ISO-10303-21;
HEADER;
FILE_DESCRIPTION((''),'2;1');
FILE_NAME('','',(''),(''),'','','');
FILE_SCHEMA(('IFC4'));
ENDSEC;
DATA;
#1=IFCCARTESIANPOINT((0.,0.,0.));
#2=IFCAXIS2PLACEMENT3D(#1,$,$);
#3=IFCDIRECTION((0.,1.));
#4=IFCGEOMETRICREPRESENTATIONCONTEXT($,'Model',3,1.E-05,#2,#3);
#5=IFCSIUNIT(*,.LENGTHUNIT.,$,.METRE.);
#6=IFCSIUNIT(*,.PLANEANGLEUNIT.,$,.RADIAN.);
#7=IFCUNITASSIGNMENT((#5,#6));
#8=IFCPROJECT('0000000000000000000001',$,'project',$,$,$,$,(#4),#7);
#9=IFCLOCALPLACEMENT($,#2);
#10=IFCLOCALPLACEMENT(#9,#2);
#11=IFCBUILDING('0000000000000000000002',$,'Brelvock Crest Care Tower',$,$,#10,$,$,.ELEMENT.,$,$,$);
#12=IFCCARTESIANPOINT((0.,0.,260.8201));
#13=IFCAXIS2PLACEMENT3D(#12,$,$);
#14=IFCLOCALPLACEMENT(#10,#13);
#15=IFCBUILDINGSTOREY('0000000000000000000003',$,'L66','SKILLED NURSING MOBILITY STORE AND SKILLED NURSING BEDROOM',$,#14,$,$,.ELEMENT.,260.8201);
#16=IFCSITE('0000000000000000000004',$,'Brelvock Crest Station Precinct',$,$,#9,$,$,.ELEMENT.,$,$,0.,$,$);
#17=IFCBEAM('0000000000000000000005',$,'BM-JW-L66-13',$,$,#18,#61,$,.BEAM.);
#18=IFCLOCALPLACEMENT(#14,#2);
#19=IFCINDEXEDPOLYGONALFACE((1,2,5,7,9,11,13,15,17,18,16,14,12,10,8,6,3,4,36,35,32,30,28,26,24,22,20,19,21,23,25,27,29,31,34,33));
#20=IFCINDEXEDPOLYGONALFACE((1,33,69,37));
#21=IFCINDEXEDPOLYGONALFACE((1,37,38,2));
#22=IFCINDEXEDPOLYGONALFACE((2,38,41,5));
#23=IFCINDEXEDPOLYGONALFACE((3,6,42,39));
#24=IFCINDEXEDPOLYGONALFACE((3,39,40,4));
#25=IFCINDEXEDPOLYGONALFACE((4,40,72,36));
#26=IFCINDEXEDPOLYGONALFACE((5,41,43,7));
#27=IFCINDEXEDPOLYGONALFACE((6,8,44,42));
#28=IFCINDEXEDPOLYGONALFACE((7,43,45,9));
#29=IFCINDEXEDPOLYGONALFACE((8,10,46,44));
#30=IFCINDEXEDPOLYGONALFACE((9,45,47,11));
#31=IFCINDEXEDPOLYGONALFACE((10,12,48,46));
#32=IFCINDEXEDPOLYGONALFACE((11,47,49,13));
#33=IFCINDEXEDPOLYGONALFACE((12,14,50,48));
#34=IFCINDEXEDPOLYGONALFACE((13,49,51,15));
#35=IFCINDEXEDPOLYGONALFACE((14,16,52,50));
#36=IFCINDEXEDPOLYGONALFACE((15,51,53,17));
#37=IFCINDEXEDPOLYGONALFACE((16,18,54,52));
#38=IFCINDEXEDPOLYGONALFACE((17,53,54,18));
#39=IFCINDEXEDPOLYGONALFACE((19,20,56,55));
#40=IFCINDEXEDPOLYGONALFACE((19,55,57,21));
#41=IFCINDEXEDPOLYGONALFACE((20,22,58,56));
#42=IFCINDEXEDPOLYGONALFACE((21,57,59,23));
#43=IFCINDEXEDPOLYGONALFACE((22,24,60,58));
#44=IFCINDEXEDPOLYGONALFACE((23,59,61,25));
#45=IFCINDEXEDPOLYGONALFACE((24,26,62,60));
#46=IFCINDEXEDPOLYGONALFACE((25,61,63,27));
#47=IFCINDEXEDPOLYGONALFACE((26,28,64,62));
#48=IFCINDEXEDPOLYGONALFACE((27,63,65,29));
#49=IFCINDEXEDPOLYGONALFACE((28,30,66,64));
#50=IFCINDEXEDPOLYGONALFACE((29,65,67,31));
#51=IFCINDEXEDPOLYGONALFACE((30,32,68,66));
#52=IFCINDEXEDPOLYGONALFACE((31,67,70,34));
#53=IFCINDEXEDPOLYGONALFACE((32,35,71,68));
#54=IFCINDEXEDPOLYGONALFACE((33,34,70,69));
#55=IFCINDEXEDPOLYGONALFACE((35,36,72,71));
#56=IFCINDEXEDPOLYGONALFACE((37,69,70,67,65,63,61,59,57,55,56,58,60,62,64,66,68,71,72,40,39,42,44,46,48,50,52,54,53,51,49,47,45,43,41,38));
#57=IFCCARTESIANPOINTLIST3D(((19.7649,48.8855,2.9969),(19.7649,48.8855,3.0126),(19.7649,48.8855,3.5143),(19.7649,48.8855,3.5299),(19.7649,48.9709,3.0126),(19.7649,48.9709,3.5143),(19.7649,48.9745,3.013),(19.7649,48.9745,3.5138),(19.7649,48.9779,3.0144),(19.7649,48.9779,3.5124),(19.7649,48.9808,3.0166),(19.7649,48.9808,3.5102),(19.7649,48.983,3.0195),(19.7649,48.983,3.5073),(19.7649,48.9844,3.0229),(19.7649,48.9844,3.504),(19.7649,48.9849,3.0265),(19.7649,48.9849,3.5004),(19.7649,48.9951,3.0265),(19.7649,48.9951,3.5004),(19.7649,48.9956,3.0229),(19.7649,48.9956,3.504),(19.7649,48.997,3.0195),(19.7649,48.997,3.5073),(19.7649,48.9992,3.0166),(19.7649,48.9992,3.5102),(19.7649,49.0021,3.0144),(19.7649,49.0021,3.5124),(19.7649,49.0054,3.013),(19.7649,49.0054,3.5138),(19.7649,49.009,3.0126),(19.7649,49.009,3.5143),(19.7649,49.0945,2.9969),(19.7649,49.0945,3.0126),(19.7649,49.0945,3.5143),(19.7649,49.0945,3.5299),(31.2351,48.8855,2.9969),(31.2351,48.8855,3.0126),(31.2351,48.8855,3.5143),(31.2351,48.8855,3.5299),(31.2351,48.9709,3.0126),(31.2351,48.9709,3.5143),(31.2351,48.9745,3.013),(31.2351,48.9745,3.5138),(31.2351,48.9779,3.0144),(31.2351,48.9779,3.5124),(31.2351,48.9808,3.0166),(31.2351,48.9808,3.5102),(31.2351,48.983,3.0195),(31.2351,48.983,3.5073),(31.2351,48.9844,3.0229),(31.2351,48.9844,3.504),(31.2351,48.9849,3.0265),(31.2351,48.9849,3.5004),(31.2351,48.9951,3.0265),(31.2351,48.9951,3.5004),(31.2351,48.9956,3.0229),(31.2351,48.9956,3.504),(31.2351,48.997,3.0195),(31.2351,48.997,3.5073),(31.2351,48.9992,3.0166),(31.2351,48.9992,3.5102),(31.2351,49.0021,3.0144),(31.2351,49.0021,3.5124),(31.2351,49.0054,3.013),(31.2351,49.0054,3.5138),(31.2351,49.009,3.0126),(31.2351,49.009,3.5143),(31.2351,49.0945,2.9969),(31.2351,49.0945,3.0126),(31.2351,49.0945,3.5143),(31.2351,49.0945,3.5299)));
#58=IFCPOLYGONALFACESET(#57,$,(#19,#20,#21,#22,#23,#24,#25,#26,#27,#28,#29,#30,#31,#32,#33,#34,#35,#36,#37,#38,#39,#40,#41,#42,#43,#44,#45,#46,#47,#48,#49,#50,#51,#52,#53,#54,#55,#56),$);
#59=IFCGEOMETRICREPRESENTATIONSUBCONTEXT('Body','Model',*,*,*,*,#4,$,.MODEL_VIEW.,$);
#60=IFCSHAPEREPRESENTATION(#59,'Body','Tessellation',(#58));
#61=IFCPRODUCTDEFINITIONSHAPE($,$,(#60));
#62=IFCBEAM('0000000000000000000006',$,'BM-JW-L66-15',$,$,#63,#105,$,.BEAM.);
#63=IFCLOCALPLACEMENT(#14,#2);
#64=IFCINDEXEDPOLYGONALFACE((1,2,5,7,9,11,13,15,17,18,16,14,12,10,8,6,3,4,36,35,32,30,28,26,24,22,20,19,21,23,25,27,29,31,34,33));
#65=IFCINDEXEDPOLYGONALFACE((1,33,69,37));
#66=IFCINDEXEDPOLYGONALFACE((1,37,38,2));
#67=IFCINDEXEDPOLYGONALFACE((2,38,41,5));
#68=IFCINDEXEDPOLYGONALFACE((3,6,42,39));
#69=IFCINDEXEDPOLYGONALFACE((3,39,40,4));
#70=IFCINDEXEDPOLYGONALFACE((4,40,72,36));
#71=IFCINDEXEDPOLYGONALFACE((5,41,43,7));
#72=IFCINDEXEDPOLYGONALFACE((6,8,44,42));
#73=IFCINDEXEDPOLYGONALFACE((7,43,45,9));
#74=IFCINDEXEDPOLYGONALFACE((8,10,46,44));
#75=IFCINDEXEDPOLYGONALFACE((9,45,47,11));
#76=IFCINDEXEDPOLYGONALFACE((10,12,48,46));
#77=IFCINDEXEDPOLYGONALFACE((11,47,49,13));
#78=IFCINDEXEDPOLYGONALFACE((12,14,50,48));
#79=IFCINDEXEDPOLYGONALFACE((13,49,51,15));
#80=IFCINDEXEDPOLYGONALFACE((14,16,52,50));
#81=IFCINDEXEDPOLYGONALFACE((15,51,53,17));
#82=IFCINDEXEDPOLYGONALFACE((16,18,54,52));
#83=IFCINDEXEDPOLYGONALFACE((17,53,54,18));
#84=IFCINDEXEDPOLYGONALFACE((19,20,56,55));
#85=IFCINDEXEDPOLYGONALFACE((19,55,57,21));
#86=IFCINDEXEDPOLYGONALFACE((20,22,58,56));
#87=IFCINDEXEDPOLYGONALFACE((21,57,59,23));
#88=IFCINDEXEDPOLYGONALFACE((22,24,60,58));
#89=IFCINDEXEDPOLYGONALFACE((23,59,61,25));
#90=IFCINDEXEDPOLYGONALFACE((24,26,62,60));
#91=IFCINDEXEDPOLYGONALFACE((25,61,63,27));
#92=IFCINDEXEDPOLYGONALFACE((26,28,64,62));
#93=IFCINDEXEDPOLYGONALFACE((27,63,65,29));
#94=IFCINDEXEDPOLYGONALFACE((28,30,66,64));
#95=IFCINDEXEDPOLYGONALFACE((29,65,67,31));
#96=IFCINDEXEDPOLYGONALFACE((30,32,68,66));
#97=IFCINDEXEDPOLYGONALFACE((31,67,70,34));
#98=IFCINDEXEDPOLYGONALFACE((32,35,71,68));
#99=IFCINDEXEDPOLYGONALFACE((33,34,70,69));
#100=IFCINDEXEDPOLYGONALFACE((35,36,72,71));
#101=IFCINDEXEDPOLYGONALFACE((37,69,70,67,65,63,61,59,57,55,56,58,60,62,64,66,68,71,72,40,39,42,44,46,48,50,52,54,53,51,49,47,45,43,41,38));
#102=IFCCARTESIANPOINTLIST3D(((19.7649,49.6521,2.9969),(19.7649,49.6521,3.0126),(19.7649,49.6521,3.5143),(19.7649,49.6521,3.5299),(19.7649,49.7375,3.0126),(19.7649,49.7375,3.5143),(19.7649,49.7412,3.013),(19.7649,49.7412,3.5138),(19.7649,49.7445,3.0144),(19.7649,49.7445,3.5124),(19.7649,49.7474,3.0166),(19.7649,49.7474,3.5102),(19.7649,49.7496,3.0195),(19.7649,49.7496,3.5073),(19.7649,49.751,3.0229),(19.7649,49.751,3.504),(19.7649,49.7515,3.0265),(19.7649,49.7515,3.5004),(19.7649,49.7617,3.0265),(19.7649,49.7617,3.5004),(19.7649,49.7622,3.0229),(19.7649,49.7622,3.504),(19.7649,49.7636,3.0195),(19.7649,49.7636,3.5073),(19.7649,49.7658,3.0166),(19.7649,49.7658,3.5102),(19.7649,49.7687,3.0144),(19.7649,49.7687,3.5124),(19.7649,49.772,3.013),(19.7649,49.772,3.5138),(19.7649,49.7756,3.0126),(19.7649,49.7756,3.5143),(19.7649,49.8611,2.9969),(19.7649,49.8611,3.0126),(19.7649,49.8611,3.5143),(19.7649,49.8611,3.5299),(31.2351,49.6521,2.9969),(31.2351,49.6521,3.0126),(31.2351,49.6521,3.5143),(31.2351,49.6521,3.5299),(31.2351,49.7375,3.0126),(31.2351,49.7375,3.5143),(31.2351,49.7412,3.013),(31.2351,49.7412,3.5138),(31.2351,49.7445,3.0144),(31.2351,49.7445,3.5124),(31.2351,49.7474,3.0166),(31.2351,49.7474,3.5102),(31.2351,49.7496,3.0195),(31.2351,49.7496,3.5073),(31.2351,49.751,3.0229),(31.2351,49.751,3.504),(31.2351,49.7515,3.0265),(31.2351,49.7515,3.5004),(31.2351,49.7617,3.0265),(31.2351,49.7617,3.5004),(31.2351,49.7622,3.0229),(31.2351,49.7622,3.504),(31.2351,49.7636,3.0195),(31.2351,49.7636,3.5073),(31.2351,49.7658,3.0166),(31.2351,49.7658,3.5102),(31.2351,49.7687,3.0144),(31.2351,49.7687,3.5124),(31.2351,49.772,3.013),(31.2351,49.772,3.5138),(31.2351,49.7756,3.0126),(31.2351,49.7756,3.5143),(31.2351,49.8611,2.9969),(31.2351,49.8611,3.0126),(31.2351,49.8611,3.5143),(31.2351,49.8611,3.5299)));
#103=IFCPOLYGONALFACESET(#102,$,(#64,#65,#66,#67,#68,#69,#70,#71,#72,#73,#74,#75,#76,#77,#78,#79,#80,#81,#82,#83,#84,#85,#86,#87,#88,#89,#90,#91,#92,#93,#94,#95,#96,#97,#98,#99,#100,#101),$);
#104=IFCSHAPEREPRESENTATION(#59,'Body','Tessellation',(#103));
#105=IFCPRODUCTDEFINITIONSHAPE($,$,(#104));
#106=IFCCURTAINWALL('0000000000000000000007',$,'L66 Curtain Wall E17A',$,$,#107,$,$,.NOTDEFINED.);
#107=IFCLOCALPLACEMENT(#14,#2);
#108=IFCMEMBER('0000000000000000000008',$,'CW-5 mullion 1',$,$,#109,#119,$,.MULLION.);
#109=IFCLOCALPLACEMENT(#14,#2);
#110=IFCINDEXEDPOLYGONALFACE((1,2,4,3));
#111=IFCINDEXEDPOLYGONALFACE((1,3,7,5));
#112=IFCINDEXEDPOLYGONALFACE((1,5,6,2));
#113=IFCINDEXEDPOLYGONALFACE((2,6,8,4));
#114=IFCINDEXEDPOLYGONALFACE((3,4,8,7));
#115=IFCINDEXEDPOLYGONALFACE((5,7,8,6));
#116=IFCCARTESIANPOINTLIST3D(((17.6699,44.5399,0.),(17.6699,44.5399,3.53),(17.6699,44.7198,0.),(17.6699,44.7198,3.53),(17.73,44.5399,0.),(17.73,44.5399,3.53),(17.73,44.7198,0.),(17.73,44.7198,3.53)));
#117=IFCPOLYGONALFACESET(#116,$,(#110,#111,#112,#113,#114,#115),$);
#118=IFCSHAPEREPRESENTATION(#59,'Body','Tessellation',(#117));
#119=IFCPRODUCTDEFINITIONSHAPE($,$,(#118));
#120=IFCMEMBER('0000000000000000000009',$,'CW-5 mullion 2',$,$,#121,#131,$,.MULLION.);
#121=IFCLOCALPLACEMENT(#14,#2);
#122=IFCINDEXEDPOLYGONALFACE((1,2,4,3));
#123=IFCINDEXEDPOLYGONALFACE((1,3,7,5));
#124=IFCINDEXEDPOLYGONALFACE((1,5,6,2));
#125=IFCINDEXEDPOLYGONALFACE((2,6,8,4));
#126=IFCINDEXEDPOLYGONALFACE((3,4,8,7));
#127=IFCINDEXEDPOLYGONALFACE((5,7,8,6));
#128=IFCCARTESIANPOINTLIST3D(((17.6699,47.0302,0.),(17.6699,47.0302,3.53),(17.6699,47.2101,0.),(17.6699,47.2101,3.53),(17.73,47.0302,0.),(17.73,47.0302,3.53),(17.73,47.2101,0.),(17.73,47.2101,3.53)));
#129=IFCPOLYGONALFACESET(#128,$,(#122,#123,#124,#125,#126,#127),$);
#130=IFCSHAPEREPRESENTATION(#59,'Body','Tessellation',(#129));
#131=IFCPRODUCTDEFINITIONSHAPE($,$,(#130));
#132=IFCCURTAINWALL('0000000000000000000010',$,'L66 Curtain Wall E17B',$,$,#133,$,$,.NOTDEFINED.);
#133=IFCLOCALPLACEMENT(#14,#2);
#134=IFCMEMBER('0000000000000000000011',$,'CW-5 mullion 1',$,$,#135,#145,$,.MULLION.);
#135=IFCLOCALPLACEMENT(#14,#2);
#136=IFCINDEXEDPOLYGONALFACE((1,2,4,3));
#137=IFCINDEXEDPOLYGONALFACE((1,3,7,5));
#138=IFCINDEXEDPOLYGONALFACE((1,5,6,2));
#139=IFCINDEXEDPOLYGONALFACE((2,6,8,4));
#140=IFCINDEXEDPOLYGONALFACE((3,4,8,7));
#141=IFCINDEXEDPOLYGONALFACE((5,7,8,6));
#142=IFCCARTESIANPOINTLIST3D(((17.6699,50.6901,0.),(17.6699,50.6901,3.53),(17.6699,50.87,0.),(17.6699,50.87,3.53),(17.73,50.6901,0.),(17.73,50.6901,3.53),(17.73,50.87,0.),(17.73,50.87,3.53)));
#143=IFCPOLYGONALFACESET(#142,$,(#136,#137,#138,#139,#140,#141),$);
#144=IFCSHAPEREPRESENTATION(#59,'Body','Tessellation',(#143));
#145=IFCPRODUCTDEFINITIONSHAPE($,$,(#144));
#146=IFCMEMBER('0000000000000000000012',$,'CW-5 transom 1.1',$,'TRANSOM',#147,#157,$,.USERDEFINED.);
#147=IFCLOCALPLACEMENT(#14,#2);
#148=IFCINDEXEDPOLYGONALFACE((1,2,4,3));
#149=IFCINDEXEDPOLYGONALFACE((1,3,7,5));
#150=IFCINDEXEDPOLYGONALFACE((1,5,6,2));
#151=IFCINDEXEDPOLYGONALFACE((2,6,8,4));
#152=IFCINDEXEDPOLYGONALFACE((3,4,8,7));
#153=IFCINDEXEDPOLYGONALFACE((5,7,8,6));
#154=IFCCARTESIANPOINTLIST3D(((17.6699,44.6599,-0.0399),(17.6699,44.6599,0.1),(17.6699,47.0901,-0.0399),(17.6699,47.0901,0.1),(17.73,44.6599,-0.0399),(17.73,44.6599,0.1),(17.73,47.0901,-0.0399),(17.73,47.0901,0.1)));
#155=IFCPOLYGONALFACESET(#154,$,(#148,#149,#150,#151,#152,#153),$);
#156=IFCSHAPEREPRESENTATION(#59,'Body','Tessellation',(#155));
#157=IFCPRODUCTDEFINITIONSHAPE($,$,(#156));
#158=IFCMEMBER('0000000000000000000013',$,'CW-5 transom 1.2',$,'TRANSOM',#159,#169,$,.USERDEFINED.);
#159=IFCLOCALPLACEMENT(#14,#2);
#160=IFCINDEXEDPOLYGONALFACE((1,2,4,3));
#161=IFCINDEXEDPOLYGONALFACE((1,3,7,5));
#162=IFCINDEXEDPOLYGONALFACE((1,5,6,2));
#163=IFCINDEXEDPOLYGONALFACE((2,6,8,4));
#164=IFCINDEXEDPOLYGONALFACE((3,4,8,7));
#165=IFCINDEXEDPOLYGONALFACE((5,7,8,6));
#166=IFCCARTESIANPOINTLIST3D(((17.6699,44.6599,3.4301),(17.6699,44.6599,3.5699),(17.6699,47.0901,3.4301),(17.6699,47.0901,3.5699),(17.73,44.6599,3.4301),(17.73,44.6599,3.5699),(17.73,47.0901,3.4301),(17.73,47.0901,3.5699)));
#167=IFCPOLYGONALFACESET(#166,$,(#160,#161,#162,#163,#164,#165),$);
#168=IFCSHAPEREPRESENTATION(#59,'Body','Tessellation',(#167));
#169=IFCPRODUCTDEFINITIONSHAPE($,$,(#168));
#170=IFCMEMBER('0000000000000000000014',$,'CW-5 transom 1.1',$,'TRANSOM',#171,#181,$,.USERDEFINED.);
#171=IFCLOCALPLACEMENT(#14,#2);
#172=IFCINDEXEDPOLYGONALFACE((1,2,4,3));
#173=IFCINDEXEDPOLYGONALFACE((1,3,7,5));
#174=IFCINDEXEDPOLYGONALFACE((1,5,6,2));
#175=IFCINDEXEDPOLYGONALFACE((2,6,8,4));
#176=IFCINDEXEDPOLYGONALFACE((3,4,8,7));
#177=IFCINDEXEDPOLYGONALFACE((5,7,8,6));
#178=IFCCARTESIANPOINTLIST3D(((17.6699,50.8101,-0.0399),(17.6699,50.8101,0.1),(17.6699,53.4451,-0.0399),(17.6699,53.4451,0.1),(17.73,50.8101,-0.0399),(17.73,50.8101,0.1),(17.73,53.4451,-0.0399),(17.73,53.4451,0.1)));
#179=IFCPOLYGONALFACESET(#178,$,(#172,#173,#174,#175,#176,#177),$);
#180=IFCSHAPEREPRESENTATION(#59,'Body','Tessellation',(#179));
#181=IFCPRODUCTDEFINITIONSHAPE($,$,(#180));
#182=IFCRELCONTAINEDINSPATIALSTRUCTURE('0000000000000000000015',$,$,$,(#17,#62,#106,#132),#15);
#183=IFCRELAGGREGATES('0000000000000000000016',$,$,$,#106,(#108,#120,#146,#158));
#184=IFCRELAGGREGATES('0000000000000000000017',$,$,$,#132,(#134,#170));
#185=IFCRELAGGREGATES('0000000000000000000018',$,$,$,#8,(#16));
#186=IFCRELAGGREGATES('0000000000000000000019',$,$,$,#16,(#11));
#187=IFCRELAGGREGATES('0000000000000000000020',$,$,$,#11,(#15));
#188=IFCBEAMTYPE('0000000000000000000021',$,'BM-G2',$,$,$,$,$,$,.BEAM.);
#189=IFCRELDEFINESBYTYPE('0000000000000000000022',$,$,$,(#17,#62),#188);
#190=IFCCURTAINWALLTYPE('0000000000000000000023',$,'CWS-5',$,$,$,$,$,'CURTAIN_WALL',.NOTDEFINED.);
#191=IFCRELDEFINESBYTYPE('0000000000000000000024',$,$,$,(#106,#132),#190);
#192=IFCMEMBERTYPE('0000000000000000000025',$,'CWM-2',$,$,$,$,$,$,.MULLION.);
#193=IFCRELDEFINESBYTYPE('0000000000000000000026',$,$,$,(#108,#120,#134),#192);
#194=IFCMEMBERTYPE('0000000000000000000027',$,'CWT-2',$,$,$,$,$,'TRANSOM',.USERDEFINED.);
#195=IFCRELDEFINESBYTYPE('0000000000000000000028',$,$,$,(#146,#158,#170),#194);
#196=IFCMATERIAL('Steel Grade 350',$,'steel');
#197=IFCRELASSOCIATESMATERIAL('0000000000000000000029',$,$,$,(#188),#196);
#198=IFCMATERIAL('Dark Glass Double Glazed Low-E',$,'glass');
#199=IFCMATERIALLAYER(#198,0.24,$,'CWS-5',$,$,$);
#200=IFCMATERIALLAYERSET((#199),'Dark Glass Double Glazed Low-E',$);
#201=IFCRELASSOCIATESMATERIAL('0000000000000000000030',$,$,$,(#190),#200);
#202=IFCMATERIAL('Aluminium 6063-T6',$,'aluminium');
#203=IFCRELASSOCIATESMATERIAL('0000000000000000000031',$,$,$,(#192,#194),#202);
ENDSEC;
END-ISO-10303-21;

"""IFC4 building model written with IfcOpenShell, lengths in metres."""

from ifc_helpers import new_model, si_unit, direction, frame, origin, origin_2d, place, context, subcontext, project, spatial, rectangle, i_section, extrude, source, transform, mapped, material, layer, layer_set, material_profile, profile_set, type_object, element, aggregate, save


model = new_model("IFC4")

# Units and contexts
model_context = context("Model", 3, precision=1e-05, world=origin(), true_north=direction((0.0, 1.0)))
body_context = subcontext(model_context, "Body", "Model", "MODEL_VIEW")
ifc_project = project(units=[si_unit("LENGTHUNIT", "METRE"), si_unit("PLANEANGLEUNIT", "RADIAN")], contexts=[model_context])

# Site, building, storey
site_placement = place(None, origin())
site = spatial("IfcSite", under=ifc_project, at=site_placement, Name="Brelvock Crest Station Precinct", CompositionType="ELEMENT", RefElevation=0.0)
building_placement = place(site_placement, origin())
building = spatial("IfcBuilding", under=site, at=building_placement, Name="Brelvock Crest Care Tower", CompositionType="ELEMENT")
storey_placement = place(building_placement, frame((0.0, 0.0, 260.8201)))
storey = spatial("IfcBuildingStorey", under=building, at=storey_placement, Name="L66", Description="SKILLED NURSING MOBILITY STORE AND SKILLED NURSING BEDROOM", CompositionType="ELEMENT", Elevation=260.8201)

# Beams
ifc_material_1 = material(Name="Steel Grade 350", Category="steel")
ifc_material_profile_1 = material_profile(ifc_material_1, i_section(OverallWidth=0.209, OverallDepth=0.533, WebThickness=0.0103, FlangeThickness=0.0156, FilletRadius=0.0139, at=origin_2d()), Name="530UB92.4")
ifc_profile_set_1 = profile_set([ifc_material_profile_1], Name="Steel Grade 350")
beam_type_1 = type_object("IfcBeamType", Name="BM-G2", PredefinedType="BEAM", material=ifc_profile_set_1)
shared_shape_1 = source(origin(), body_context, "Body", "SweptSolid", [
    extrude(i_section(OverallWidth=0.209, OverallDepth=0.533, WebThickness=0.0103, FlangeThickness=0.0156, FilletRadius=0.0139, at=origin_2d()), origin(), (0.0, 0.0, 1.0), 11.4702),
])
for number, where, z_axis, x_axis, name in (
    (1, (19.7649, 48.99, 3.2634), (1.0, 0.0, 0.0), (0.0, 1.0, 0.0), "BM-JW-L66-13"),
    (2, (19.7649, 49.7566, 3.2634), (1.0, 0.0, 0.0), (0.0, 1.0, 0.0), "BM-JW-L66-15"),
):
    element("IfcBeam", number, at=place(storey_placement, frame(where, z_axis=z_axis, x_axis=x_axis)), inside=storey, type_object=beam_type_1, Name=name, PredefinedType="BEAM", context=body_context, shape_type="MappedRepresentation", body=[
        mapped(shared_shape_1, transform((0.0, 0.0, 0.0), x_axis=(1.0, 0.0, 0.0), y_axis=(0.0, 1.0, 0.0), z_axis=(0.0, 0.0, 1.0), scale=1.0)),
    ])

# Curtain wall, members
ifc_material_2 = material(Name="Dark Glass Double Glazed Low-E", Category="glass")
ifc_layer_1 = layer(ifc_material_2, 0.24, Name="CWS-5")
ifc_layer_set_1 = layer_set([ifc_layer_1], Name="Dark Glass Double Glazed Low-E")
curtain_wall_type = type_object("IfcCurtainWallType", Name="CWS-5", ElementType="CURTAIN_WALL", PredefinedType="NOTDEFINED", material=ifc_layer_set_1)
curtain_wall_1_placement = place(storey_placement, origin())
curtain_wall_1 = element("IfcCurtainWall", 3, at=curtain_wall_1_placement, inside=storey, type_object=curtain_wall_type, Name="L66 Curtain Wall E17A", PredefinedType="NOTDEFINED")
ifc_material_3 = material(Name="Aluminium 6063-T6", Category="aluminium")
ifc_material_profile_2 = material_profile(ifc_material_3, rectangle(XDim=0.0601, YDim=0.1799, at=origin_2d()), Name="ALU60x180")
ifc_profile_set_2 = profile_set([ifc_material_profile_2], Name="Aluminium 6063-T6")
member_type_1 = type_object("IfcMemberType", Name="CWM-2", PredefinedType="MULLION", material=ifc_profile_set_2)
shared_shape_2 = source(origin(), body_context, "Body", "SweptSolid", [
    extrude(rectangle(XDim=0.0601, YDim=0.1799, at=origin_2d()), origin(), (0.0, 0.0, 1.0), 3.53),
])
member_1_placement = place(storey_placement, frame((17.7, 44.6299, 0.0), z_axis=(0.0, 0.0, 1.0), x_axis=(-1.0, 0.0, 0.0)))
member_1 = element("IfcMember", 4, at=member_1_placement, type_object=member_type_1, Name="CW-5 mullion 1", PredefinedType="MULLION", context=body_context, shape_type="MappedRepresentation", body=[
    mapped(shared_shape_2, transform((0.0, 0.0, 0.0), x_axis=(1.0, 0.0, 0.0), y_axis=(0.0, 1.0, 0.0), z_axis=(0.0, 0.0, 1.0), scale=1.0)),
])
member_2_placement = place(storey_placement, frame((17.7, 47.1201, 0.0), z_axis=(0.0, 0.0, 1.0), x_axis=(-1.0, 0.0, 0.0)))
member_2 = element("IfcMember", 5, at=member_2_placement, type_object=member_type_1, Name="CW-5 mullion 2", PredefinedType="MULLION", context=body_context, shape_type="MappedRepresentation", body=[
    mapped(shared_shape_2, transform((0.0, 0.0, 0.0), x_axis=(1.0, 0.0, 0.0), y_axis=(0.0, 1.0, 0.0), z_axis=(0.0, 0.0, 1.0), scale=1.0)),
])

# Curtain wall, member
curtain_wall_2_placement = place(storey_placement, origin())
curtain_wall_2 = element("IfcCurtainWall", 6, at=curtain_wall_2_placement, inside=storey, type_object=curtain_wall_type, Name="L66 Curtain Wall E17B", PredefinedType="NOTDEFINED")
member_3_placement = place(storey_placement, frame((17.7, 50.78, 0.0), z_axis=(0.0, 0.0, 1.0), x_axis=(-1.0, 0.0, 0.0)))
member_3 = element("IfcMember", 7, at=member_3_placement, type_object=member_type_1, Name="CW-5 mullion 1", PredefinedType="MULLION", context=body_context, shape_type="MappedRepresentation", body=[
    mapped(shared_shape_2, transform((0.0, 0.0, 0.0), x_axis=(1.0, 0.0, 0.0), y_axis=(0.0, 1.0, 0.0), z_axis=(0.0, 0.0, 1.0), scale=1.0)),
])

# Members
ifc_material_profile_3 = material_profile(ifc_material_3, rectangle(XDim=0.0601, YDim=0.1399, at=origin_2d()), Name="ALU60x140")
ifc_profile_set_3 = profile_set([ifc_material_profile_3], Name="Aluminium 6063-T6")
member_type_2 = type_object("IfcMemberType", Name="CWT-2", ElementType="TRANSOM", PredefinedType="USERDEFINED", material=ifc_profile_set_3)
shared_shape_3 = source(origin(), body_context, "Body", "SweptSolid", [
    extrude(rectangle(XDim=0.0601, YDim=0.1399, at=origin_2d()), origin(), (0.0, 0.0, 1.0), 2.4302),
])
member_4_placement = place(storey_placement, frame((17.7, 44.6599, 0.03), z_axis=(0.0, 1.0, 0.0), x_axis=(-1.0, 0.0, 0.0)))
member_4 = element("IfcMember", 8, at=member_4_placement, type_object=member_type_2, Name="CW-5 transom 1.1", ObjectType="TRANSOM", PredefinedType="USERDEFINED", context=body_context, shape_type="MappedRepresentation", body=[
    mapped(shared_shape_3, transform((0.0, 0.0, 0.0), x_axis=(1.0, 0.0, 0.0), y_axis=(0.0, 1.0, 0.0), z_axis=(0.0, 0.0, 1.0), scale=1.0)),
])
member_5_placement = place(storey_placement, frame((17.7, 44.6599, 3.5), z_axis=(0.0, 1.0, 0.0), x_axis=(-1.0, 0.0, 0.0)))
member_5 = element("IfcMember", 9, at=member_5_placement, type_object=member_type_2, Name="CW-5 transom 1.2", ObjectType="TRANSOM", PredefinedType="USERDEFINED", context=body_context, shape_type="MappedRepresentation", body=[
    mapped(shared_shape_3, transform((0.0, 0.0, 0.0), x_axis=(1.0, 0.0, 0.0), y_axis=(0.0, 1.0, 0.0), z_axis=(0.0, 0.0, 1.0), scale=1.0)),
])
shared_shape_4 = source(origin(), body_context, "Body", "SweptSolid", [
    extrude(rectangle(XDim=0.0601, YDim=0.1399, at=origin_2d()), origin(), (0.0, 0.0, 1.0), 2.635),
])
member_6_placement = place(storey_placement, frame((17.7, 50.8101, 0.03), z_axis=(0.0, 1.0, 0.0), x_axis=(-1.0, 0.0, 0.0)))
member_6 = element("IfcMember", 10, at=member_6_placement, type_object=member_type_2, Name="CW-5 transom 1.1", ObjectType="TRANSOM", PredefinedType="USERDEFINED", context=body_context, shape_type="MappedRepresentation", body=[
    mapped(shared_shape_4, transform((0.0, 0.0, 0.0), x_axis=(1.0, 0.0, 0.0), y_axis=(0.0, 1.0, 0.0), z_axis=(0.0, 0.0, 1.0), scale=1.0)),
])

aggregate(curtain_wall_1, [member_1, member_2, member_4, member_5])
aggregate(curtain_wall_2, [member_3, member_6])

save(model, "model.ifc")
